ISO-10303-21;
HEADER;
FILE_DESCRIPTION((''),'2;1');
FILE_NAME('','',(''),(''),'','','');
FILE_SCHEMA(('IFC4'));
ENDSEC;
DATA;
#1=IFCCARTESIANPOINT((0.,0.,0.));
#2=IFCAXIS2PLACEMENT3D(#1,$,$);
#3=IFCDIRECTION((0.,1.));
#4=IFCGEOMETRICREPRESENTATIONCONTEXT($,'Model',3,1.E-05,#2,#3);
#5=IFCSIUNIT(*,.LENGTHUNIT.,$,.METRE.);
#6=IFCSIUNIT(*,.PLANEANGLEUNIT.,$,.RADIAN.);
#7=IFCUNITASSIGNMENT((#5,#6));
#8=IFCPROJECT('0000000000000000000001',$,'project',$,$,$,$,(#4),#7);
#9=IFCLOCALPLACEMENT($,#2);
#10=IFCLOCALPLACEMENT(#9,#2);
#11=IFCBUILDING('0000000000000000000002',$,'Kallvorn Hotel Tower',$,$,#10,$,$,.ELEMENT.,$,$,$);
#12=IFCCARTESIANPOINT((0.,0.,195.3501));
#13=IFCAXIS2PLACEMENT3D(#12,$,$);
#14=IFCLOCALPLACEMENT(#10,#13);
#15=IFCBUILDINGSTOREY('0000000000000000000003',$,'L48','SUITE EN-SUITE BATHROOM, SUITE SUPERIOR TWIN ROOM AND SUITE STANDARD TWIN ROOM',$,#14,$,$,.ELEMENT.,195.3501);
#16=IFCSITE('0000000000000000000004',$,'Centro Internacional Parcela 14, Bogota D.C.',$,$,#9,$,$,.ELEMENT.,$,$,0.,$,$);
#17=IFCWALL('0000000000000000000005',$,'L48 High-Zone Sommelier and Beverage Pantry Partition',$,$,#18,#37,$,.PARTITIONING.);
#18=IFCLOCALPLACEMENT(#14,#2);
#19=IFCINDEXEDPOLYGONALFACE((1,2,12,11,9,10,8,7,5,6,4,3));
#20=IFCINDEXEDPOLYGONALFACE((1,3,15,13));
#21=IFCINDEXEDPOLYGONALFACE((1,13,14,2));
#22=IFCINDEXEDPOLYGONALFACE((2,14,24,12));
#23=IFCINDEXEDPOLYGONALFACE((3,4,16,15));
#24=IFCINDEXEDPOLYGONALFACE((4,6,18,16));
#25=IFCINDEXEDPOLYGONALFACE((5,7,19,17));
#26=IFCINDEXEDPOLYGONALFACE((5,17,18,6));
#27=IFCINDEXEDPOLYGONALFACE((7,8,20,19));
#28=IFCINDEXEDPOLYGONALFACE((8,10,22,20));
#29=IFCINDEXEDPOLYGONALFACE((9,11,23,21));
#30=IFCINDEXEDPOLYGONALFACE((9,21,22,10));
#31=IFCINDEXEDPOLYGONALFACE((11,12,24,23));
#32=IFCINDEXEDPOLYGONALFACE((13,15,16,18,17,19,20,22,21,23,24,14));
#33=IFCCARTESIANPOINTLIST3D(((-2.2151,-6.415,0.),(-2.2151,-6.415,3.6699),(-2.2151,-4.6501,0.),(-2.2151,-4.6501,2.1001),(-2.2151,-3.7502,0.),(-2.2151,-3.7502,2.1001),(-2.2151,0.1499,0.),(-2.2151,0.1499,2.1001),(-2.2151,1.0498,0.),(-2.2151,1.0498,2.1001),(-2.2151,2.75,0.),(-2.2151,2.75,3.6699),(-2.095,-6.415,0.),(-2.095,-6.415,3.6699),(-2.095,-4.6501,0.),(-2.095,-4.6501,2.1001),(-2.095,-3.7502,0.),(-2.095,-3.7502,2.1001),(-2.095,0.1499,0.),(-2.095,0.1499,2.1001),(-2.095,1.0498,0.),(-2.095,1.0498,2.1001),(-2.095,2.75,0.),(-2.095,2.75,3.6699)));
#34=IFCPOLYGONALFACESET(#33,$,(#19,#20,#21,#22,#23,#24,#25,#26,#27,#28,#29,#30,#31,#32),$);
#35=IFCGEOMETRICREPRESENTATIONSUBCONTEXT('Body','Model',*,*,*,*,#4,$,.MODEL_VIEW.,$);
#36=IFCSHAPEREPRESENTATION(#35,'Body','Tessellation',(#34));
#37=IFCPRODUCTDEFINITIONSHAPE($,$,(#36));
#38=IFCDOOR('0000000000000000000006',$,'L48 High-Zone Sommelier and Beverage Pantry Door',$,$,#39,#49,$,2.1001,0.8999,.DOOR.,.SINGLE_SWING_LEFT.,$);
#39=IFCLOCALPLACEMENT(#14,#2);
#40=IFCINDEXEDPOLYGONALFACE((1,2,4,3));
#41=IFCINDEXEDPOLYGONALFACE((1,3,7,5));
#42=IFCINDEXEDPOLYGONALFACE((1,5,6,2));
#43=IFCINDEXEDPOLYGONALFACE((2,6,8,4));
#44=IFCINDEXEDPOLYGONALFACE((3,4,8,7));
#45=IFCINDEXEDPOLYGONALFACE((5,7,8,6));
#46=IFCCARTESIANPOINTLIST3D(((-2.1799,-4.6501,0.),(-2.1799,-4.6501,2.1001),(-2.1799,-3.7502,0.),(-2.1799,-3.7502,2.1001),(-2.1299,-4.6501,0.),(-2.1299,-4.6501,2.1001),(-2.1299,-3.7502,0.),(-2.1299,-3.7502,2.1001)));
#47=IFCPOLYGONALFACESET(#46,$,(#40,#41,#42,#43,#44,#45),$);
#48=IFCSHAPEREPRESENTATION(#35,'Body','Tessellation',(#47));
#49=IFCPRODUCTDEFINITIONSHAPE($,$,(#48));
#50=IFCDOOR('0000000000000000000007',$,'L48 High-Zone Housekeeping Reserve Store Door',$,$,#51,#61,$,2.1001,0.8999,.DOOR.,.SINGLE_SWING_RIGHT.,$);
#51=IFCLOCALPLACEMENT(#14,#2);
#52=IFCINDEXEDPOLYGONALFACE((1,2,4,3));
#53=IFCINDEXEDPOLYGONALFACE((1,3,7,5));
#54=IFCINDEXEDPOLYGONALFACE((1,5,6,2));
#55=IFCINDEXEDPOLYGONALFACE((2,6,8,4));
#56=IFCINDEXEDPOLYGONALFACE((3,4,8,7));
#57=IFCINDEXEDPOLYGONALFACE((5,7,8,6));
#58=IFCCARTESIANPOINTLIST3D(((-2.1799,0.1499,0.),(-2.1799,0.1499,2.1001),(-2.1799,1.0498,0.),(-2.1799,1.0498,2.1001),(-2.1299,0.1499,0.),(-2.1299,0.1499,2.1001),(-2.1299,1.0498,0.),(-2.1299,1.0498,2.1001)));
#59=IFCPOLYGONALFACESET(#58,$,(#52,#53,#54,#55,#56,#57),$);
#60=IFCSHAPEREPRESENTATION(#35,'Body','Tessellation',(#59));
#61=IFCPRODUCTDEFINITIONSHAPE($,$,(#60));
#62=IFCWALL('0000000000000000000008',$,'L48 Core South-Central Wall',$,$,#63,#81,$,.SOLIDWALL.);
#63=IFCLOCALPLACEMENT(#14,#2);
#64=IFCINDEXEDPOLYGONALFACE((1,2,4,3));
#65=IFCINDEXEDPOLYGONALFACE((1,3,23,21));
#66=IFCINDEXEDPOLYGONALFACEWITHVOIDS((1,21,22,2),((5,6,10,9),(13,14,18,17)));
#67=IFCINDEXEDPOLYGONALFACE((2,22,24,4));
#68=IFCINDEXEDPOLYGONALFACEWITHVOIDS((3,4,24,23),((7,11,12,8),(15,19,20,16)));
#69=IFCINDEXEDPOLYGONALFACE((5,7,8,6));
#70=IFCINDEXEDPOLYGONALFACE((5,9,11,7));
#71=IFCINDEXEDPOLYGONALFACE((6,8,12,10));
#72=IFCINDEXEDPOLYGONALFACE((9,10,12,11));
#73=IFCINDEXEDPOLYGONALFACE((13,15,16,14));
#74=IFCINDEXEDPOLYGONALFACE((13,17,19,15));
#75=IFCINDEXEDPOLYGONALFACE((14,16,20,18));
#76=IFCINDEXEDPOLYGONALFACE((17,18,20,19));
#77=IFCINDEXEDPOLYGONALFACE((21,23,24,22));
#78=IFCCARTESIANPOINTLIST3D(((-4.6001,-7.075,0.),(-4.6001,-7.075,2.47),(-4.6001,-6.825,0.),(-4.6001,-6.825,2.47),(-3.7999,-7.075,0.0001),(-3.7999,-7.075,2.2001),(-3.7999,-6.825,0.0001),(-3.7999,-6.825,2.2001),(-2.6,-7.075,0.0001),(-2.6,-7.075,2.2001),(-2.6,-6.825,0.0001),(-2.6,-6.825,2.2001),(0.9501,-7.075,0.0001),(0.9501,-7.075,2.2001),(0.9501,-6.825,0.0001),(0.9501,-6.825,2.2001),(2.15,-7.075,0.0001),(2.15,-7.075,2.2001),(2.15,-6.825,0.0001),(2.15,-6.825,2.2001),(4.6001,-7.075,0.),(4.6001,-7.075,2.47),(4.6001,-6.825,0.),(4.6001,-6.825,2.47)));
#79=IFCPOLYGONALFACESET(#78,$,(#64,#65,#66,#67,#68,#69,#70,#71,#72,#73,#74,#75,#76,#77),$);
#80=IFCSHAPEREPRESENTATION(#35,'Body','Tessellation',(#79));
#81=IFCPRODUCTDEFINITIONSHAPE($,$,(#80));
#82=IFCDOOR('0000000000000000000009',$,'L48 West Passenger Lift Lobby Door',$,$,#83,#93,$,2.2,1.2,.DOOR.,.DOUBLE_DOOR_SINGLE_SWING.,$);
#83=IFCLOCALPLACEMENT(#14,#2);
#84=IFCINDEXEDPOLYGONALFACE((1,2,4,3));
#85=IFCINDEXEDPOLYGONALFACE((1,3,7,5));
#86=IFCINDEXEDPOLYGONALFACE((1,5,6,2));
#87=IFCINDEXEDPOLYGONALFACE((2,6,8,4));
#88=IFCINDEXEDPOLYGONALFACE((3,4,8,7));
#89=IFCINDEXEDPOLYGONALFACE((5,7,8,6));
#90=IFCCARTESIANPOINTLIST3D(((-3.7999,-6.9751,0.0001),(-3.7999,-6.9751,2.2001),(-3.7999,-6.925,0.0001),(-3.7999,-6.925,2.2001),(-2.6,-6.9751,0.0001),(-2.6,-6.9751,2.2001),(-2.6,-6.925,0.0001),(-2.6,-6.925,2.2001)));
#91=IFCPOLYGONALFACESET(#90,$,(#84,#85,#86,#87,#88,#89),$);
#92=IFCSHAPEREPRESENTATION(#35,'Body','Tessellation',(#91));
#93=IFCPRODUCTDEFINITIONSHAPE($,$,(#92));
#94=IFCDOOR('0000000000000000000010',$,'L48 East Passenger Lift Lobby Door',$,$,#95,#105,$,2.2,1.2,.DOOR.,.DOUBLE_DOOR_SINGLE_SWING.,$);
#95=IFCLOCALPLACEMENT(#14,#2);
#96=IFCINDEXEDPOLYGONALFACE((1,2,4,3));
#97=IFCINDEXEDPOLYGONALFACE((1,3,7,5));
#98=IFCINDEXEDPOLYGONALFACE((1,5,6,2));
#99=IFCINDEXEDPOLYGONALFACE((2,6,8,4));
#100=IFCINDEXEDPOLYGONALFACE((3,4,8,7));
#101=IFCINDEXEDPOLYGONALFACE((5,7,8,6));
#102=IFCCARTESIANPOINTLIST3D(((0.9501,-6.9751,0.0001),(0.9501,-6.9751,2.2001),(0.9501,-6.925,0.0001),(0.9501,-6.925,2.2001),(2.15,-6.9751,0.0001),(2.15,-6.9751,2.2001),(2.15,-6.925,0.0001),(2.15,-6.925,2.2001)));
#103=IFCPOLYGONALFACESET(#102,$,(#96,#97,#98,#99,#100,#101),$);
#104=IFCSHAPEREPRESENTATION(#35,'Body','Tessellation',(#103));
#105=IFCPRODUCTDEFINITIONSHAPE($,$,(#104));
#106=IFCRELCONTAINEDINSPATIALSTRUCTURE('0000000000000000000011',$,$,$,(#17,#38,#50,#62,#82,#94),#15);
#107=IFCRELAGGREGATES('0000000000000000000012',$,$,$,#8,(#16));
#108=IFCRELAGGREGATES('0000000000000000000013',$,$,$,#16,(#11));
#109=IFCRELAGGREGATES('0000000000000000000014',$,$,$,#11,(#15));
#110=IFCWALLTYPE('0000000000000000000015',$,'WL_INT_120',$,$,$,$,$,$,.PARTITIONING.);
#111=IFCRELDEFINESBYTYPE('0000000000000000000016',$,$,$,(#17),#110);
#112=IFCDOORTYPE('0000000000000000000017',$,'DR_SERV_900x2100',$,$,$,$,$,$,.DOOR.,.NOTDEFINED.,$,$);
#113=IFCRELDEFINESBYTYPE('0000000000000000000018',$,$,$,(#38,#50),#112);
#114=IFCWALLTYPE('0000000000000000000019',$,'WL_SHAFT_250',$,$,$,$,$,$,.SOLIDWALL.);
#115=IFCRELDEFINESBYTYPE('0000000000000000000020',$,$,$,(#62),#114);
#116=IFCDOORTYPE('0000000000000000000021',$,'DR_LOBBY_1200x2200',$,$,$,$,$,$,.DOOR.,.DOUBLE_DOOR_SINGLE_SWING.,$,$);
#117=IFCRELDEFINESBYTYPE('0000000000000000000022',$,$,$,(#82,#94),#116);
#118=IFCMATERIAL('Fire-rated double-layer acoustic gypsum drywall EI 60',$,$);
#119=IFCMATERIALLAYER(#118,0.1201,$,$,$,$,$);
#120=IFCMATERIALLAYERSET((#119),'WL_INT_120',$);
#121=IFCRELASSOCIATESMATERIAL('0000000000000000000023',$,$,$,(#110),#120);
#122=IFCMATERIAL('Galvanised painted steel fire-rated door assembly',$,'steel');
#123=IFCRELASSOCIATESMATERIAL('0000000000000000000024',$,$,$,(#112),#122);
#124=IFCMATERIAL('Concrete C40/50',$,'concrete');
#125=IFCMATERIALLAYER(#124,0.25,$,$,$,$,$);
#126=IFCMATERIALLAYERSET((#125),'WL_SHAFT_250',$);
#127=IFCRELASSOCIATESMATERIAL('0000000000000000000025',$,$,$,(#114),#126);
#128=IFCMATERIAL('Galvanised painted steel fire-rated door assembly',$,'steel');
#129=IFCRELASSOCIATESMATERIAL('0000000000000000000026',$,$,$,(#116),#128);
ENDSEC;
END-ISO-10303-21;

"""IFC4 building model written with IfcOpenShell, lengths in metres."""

from ifc_helpers import new_model, si_unit, direction, frame, frame_2d, origin, place, context, subcontext, project, spatial, rectangle, extrude, material, layer, layer_set, type_object, element, fill, save


model = new_model("IFC4")

# Units and contexts
model_context = context("Model", 3, precision=1e-05, world=origin(), true_north=direction((0.0, 1.0)))
body_context = subcontext(model_context, "Body", "Model", "MODEL_VIEW")
ifc_project = project(units=[si_unit("LENGTHUNIT", "METRE"), si_unit("PLANEANGLEUNIT", "RADIAN")], contexts=[model_context])

# Site, building, storey
site_placement = place(None, origin())
site = spatial("IfcSite", under=ifc_project, at=site_placement, Name="Centro Internacional Parcela 14, Bogota D.C.", CompositionType="ELEMENT", RefElevation=0.0)
building_placement = place(site_placement, origin())
building = spatial("IfcBuilding", under=site, at=building_placement, Name="Kallvorn Hotel Tower", CompositionType="ELEMENT")
storey_placement = place(building_placement, frame((0.0, 0.0, 195.3501)))
storey = spatial("IfcBuildingStorey", under=building, at=storey_placement, Name="L48", Description="SUITE EN-SUITE BATHROOM, SUITE SUPERIOR TWIN ROOM AND SUITE STANDARD TWIN ROOM", CompositionType="ELEMENT", Elevation=195.3501)

# Shared definitions
ifc_material_1 = material(Name="Fire-rated double-layer acoustic gypsum drywall EI 60")
ifc_layer_1 = layer(ifc_material_1, 0.1201)
ifc_layer_set_1 = layer_set([ifc_layer_1], Name="WL_INT_120")
wall_type_1 = type_object("IfcWallType", Name="WL_INT_120", PredefinedType="PARTITIONING", material=ifc_layer_set_1)

# Shared definitions
ifc_material_2 = material(Name="Galvanised painted steel fire-rated door assembly", Category="steel")
door_type_1 = type_object("IfcDoorType", Name="DR_SERV_900x2100", OperationType="NOTDEFINED", PredefinedType="DOOR", material=ifc_material_2)

# Walls, openings, doors
wall_1_placement = place(storey_placement, frame((-2.155, -6.415, 0.0), z_axis=(0.0, 0.0, 1.0), x_axis=(0.0, 1.0, 0.0)))
wall_1 = element("IfcWall", 1, at=wall_1_placement, inside=storey, type_object=wall_type_1, Name="L48 High-Zone Sommelier and Beverage Pantry Partition", PredefinedType="PARTITIONING", context=body_context, shape_type="SweptSolid", body=[
    extrude(rectangle(XDim=9.165, YDim=0.1201, at=frame_2d((4.5825, 0.0))), origin(), (0.0, 0.0, 1.0), 3.6699),
])
opening_1_placement = place(wall_1_placement, frame((1.7649, 0.0, 0.0)))
opening_1 = element("IfcOpeningElement", 2, at=opening_1_placement, cuts=wall_1, PredefinedType="OPENING", context=body_context, shape_type="SweptSolid", body=[
    extrude(rectangle(XDim=0.8999, YDim=2.1001, at=frame_2d((0.45, 1.05))), frame((0.0, 0.075, 0.0), z_axis=(0.0, -1.0, 0.0), x_axis=(1.0, 0.0, 0.0)), (0.0, 0.0, 1.0), 0.1501),
])
opening_2_placement = place(wall_1_placement, frame((6.5649, 0.0, 0.0)))
opening_2 = element("IfcOpeningElement", 3, at=opening_2_placement, cuts=wall_1, PredefinedType="OPENING", context=body_context, shape_type="SweptSolid", body=[
    extrude(rectangle(XDim=0.8999, YDim=2.1001, at=frame_2d((0.45, 1.05))), frame((0.0, 0.075, 0.0), z_axis=(0.0, -1.0, 0.0), x_axis=(1.0, 0.0, 0.0)), (0.0, 0.0, 1.0), 0.1501),
])
door_1_placement = place(opening_1_placement, origin())
door_1 = element("IfcDoor", 4, at=door_1_placement, inside=storey, type_object=door_type_1, Name="L48 High-Zone Sommelier and Beverage Pantry Door", OperationType="SINGLE_SWING_LEFT", OverallHeight=2.1001, OverallWidth=0.8999, PredefinedType="DOOR", context=body_context, shape_type="SweptSolid", body=[
    extrude(rectangle(XDim=0.8999, YDim=2.1001, at=frame_2d((0.45, 1.05))), frame((0.0, 0.0249, 0.0), z_axis=(0.0, -1.0, 0.0), x_axis=(1.0, 0.0, 0.0)), (0.0, 0.0, 1.0), 0.05),
])
fill(opening_1, door_1)
door_2_placement = place(opening_2_placement, origin())
door_2 = element("IfcDoor", 5, at=door_2_placement, inside=storey, type_object=door_type_1, Name="L48 High-Zone Housekeeping Reserve Store Door", OperationType="SINGLE_SWING_RIGHT", OverallHeight=2.1001, OverallWidth=0.8999, PredefinedType="DOOR", context=body_context, shape_type="SweptSolid", body=[
    extrude(rectangle(XDim=0.8999, YDim=2.1001, at=frame_2d((0.45, 1.05))), frame((0.0, 0.0249, 0.0), z_axis=(0.0, -1.0, 0.0), x_axis=(1.0, 0.0, 0.0)), (0.0, 0.0, 1.0), 0.05),
])
fill(opening_2, door_2)
ifc_material_3 = material(Name="Concrete C40/50", Category="concrete")
ifc_layer_2 = layer(ifc_material_3, 0.25)
ifc_layer_set_2 = layer_set([ifc_layer_2], Name="WL_SHAFT_250")
wall_type_2 = type_object("IfcWallType", Name="WL_SHAFT_250", PredefinedType="SOLIDWALL", material=ifc_layer_set_2)
wall_2_placement = place(storey_placement, frame((-4.6001, -6.95, 0.0), z_axis=(0.0, 0.0, 1.0), x_axis=(1.0, 0.0, 0.0)))
wall_2 = element("IfcWall", 6, at=wall_2_placement, inside=storey, type_object=wall_type_2, Name="L48 Core South-Central Wall", PredefinedType="SOLIDWALL", context=body_context, shape_type="SweptSolid", body=[
    extrude(rectangle(XDim=9.2002, YDim=0.25, at=frame_2d((4.6001, 0.0))), origin(), (0.0, 0.0, 1.0), 2.47),
])
opening_3_placement = place(wall_2_placement, frame((0.8, 0.0, 0.0)))
opening_3 = element("IfcOpeningElement", 7, at=opening_3_placement, cuts=wall_2, PredefinedType="OPENING", context=body_context, shape_type="SweptSolid", body=[
    extrude(rectangle(XDim=1.2, YDim=2.2, at=frame_2d((0.6001, 1.1001))), frame((0.0, 0.1399, 0.0), z_axis=(0.0, -1.0, 0.0), x_axis=(1.0, 0.0, 0.0)), (0.0, 0.0, 1.0), 0.28),
])
opening_4_placement = place(wall_2_placement, frame((5.55, 0.0, 0.0)))
opening_4 = element("IfcOpeningElement", 8, at=opening_4_placement, cuts=wall_2, PredefinedType="OPENING", context=body_context, shape_type="SweptSolid", body=[
    extrude(rectangle(XDim=1.2, YDim=2.2, at=frame_2d((0.6001, 1.1001))), frame((0.0, 0.1399, 0.0), z_axis=(0.0, -1.0, 0.0), x_axis=(1.0, 0.0, 0.0)), (0.0, 0.0, 1.0), 0.28),
])
ifc_material_4 = material(Name="Galvanised painted steel fire-rated door assembly", Category="steel")
door_type_2 = type_object("IfcDoorType", Name="DR_LOBBY_1200x2200", OperationType="DOUBLE_DOOR_SINGLE_SWING", PredefinedType="DOOR", material=ifc_material_4)
door_3_placement = place(opening_3_placement, origin())
door_3 = element("IfcDoor", 9, at=door_3_placement, inside=storey, type_object=door_type_2, Name="L48 West Passenger Lift Lobby Door", OperationType="DOUBLE_DOOR_SINGLE_SWING", OverallHeight=2.2, OverallWidth=1.2, PredefinedType="DOOR", context=body_context, shape_type="SweptSolid", body=[
    extrude(rectangle(XDim=1.2, YDim=2.2, at=frame_2d((0.6001, 1.1001))), frame((0.0, 0.0249, 0.0), z_axis=(0.0, -1.0, 0.0), x_axis=(1.0, 0.0, 0.0)), (0.0, 0.0, 1.0), 0.05),
])
fill(opening_3, door_3)
door_4_placement = place(opening_4_placement, origin())
door_4 = element("IfcDoor", 10, at=door_4_placement, inside=storey, type_object=door_type_2, Name="L48 East Passenger Lift Lobby Door", OperationType="DOUBLE_DOOR_SINGLE_SWING", OverallHeight=2.2, OverallWidth=1.2, PredefinedType="DOOR", context=body_context, shape_type="SweptSolid", body=[
    extrude(rectangle(XDim=1.2, YDim=2.2, at=frame_2d((0.6001, 1.1001))), frame((0.0, 0.0249, 0.0), z_axis=(0.0, -1.0, 0.0), x_axis=(1.0, 0.0, 0.0)), (0.0, 0.0, 1.0), 0.05),
])
fill(opening_4, door_4)

save(model, "model.ifc")
